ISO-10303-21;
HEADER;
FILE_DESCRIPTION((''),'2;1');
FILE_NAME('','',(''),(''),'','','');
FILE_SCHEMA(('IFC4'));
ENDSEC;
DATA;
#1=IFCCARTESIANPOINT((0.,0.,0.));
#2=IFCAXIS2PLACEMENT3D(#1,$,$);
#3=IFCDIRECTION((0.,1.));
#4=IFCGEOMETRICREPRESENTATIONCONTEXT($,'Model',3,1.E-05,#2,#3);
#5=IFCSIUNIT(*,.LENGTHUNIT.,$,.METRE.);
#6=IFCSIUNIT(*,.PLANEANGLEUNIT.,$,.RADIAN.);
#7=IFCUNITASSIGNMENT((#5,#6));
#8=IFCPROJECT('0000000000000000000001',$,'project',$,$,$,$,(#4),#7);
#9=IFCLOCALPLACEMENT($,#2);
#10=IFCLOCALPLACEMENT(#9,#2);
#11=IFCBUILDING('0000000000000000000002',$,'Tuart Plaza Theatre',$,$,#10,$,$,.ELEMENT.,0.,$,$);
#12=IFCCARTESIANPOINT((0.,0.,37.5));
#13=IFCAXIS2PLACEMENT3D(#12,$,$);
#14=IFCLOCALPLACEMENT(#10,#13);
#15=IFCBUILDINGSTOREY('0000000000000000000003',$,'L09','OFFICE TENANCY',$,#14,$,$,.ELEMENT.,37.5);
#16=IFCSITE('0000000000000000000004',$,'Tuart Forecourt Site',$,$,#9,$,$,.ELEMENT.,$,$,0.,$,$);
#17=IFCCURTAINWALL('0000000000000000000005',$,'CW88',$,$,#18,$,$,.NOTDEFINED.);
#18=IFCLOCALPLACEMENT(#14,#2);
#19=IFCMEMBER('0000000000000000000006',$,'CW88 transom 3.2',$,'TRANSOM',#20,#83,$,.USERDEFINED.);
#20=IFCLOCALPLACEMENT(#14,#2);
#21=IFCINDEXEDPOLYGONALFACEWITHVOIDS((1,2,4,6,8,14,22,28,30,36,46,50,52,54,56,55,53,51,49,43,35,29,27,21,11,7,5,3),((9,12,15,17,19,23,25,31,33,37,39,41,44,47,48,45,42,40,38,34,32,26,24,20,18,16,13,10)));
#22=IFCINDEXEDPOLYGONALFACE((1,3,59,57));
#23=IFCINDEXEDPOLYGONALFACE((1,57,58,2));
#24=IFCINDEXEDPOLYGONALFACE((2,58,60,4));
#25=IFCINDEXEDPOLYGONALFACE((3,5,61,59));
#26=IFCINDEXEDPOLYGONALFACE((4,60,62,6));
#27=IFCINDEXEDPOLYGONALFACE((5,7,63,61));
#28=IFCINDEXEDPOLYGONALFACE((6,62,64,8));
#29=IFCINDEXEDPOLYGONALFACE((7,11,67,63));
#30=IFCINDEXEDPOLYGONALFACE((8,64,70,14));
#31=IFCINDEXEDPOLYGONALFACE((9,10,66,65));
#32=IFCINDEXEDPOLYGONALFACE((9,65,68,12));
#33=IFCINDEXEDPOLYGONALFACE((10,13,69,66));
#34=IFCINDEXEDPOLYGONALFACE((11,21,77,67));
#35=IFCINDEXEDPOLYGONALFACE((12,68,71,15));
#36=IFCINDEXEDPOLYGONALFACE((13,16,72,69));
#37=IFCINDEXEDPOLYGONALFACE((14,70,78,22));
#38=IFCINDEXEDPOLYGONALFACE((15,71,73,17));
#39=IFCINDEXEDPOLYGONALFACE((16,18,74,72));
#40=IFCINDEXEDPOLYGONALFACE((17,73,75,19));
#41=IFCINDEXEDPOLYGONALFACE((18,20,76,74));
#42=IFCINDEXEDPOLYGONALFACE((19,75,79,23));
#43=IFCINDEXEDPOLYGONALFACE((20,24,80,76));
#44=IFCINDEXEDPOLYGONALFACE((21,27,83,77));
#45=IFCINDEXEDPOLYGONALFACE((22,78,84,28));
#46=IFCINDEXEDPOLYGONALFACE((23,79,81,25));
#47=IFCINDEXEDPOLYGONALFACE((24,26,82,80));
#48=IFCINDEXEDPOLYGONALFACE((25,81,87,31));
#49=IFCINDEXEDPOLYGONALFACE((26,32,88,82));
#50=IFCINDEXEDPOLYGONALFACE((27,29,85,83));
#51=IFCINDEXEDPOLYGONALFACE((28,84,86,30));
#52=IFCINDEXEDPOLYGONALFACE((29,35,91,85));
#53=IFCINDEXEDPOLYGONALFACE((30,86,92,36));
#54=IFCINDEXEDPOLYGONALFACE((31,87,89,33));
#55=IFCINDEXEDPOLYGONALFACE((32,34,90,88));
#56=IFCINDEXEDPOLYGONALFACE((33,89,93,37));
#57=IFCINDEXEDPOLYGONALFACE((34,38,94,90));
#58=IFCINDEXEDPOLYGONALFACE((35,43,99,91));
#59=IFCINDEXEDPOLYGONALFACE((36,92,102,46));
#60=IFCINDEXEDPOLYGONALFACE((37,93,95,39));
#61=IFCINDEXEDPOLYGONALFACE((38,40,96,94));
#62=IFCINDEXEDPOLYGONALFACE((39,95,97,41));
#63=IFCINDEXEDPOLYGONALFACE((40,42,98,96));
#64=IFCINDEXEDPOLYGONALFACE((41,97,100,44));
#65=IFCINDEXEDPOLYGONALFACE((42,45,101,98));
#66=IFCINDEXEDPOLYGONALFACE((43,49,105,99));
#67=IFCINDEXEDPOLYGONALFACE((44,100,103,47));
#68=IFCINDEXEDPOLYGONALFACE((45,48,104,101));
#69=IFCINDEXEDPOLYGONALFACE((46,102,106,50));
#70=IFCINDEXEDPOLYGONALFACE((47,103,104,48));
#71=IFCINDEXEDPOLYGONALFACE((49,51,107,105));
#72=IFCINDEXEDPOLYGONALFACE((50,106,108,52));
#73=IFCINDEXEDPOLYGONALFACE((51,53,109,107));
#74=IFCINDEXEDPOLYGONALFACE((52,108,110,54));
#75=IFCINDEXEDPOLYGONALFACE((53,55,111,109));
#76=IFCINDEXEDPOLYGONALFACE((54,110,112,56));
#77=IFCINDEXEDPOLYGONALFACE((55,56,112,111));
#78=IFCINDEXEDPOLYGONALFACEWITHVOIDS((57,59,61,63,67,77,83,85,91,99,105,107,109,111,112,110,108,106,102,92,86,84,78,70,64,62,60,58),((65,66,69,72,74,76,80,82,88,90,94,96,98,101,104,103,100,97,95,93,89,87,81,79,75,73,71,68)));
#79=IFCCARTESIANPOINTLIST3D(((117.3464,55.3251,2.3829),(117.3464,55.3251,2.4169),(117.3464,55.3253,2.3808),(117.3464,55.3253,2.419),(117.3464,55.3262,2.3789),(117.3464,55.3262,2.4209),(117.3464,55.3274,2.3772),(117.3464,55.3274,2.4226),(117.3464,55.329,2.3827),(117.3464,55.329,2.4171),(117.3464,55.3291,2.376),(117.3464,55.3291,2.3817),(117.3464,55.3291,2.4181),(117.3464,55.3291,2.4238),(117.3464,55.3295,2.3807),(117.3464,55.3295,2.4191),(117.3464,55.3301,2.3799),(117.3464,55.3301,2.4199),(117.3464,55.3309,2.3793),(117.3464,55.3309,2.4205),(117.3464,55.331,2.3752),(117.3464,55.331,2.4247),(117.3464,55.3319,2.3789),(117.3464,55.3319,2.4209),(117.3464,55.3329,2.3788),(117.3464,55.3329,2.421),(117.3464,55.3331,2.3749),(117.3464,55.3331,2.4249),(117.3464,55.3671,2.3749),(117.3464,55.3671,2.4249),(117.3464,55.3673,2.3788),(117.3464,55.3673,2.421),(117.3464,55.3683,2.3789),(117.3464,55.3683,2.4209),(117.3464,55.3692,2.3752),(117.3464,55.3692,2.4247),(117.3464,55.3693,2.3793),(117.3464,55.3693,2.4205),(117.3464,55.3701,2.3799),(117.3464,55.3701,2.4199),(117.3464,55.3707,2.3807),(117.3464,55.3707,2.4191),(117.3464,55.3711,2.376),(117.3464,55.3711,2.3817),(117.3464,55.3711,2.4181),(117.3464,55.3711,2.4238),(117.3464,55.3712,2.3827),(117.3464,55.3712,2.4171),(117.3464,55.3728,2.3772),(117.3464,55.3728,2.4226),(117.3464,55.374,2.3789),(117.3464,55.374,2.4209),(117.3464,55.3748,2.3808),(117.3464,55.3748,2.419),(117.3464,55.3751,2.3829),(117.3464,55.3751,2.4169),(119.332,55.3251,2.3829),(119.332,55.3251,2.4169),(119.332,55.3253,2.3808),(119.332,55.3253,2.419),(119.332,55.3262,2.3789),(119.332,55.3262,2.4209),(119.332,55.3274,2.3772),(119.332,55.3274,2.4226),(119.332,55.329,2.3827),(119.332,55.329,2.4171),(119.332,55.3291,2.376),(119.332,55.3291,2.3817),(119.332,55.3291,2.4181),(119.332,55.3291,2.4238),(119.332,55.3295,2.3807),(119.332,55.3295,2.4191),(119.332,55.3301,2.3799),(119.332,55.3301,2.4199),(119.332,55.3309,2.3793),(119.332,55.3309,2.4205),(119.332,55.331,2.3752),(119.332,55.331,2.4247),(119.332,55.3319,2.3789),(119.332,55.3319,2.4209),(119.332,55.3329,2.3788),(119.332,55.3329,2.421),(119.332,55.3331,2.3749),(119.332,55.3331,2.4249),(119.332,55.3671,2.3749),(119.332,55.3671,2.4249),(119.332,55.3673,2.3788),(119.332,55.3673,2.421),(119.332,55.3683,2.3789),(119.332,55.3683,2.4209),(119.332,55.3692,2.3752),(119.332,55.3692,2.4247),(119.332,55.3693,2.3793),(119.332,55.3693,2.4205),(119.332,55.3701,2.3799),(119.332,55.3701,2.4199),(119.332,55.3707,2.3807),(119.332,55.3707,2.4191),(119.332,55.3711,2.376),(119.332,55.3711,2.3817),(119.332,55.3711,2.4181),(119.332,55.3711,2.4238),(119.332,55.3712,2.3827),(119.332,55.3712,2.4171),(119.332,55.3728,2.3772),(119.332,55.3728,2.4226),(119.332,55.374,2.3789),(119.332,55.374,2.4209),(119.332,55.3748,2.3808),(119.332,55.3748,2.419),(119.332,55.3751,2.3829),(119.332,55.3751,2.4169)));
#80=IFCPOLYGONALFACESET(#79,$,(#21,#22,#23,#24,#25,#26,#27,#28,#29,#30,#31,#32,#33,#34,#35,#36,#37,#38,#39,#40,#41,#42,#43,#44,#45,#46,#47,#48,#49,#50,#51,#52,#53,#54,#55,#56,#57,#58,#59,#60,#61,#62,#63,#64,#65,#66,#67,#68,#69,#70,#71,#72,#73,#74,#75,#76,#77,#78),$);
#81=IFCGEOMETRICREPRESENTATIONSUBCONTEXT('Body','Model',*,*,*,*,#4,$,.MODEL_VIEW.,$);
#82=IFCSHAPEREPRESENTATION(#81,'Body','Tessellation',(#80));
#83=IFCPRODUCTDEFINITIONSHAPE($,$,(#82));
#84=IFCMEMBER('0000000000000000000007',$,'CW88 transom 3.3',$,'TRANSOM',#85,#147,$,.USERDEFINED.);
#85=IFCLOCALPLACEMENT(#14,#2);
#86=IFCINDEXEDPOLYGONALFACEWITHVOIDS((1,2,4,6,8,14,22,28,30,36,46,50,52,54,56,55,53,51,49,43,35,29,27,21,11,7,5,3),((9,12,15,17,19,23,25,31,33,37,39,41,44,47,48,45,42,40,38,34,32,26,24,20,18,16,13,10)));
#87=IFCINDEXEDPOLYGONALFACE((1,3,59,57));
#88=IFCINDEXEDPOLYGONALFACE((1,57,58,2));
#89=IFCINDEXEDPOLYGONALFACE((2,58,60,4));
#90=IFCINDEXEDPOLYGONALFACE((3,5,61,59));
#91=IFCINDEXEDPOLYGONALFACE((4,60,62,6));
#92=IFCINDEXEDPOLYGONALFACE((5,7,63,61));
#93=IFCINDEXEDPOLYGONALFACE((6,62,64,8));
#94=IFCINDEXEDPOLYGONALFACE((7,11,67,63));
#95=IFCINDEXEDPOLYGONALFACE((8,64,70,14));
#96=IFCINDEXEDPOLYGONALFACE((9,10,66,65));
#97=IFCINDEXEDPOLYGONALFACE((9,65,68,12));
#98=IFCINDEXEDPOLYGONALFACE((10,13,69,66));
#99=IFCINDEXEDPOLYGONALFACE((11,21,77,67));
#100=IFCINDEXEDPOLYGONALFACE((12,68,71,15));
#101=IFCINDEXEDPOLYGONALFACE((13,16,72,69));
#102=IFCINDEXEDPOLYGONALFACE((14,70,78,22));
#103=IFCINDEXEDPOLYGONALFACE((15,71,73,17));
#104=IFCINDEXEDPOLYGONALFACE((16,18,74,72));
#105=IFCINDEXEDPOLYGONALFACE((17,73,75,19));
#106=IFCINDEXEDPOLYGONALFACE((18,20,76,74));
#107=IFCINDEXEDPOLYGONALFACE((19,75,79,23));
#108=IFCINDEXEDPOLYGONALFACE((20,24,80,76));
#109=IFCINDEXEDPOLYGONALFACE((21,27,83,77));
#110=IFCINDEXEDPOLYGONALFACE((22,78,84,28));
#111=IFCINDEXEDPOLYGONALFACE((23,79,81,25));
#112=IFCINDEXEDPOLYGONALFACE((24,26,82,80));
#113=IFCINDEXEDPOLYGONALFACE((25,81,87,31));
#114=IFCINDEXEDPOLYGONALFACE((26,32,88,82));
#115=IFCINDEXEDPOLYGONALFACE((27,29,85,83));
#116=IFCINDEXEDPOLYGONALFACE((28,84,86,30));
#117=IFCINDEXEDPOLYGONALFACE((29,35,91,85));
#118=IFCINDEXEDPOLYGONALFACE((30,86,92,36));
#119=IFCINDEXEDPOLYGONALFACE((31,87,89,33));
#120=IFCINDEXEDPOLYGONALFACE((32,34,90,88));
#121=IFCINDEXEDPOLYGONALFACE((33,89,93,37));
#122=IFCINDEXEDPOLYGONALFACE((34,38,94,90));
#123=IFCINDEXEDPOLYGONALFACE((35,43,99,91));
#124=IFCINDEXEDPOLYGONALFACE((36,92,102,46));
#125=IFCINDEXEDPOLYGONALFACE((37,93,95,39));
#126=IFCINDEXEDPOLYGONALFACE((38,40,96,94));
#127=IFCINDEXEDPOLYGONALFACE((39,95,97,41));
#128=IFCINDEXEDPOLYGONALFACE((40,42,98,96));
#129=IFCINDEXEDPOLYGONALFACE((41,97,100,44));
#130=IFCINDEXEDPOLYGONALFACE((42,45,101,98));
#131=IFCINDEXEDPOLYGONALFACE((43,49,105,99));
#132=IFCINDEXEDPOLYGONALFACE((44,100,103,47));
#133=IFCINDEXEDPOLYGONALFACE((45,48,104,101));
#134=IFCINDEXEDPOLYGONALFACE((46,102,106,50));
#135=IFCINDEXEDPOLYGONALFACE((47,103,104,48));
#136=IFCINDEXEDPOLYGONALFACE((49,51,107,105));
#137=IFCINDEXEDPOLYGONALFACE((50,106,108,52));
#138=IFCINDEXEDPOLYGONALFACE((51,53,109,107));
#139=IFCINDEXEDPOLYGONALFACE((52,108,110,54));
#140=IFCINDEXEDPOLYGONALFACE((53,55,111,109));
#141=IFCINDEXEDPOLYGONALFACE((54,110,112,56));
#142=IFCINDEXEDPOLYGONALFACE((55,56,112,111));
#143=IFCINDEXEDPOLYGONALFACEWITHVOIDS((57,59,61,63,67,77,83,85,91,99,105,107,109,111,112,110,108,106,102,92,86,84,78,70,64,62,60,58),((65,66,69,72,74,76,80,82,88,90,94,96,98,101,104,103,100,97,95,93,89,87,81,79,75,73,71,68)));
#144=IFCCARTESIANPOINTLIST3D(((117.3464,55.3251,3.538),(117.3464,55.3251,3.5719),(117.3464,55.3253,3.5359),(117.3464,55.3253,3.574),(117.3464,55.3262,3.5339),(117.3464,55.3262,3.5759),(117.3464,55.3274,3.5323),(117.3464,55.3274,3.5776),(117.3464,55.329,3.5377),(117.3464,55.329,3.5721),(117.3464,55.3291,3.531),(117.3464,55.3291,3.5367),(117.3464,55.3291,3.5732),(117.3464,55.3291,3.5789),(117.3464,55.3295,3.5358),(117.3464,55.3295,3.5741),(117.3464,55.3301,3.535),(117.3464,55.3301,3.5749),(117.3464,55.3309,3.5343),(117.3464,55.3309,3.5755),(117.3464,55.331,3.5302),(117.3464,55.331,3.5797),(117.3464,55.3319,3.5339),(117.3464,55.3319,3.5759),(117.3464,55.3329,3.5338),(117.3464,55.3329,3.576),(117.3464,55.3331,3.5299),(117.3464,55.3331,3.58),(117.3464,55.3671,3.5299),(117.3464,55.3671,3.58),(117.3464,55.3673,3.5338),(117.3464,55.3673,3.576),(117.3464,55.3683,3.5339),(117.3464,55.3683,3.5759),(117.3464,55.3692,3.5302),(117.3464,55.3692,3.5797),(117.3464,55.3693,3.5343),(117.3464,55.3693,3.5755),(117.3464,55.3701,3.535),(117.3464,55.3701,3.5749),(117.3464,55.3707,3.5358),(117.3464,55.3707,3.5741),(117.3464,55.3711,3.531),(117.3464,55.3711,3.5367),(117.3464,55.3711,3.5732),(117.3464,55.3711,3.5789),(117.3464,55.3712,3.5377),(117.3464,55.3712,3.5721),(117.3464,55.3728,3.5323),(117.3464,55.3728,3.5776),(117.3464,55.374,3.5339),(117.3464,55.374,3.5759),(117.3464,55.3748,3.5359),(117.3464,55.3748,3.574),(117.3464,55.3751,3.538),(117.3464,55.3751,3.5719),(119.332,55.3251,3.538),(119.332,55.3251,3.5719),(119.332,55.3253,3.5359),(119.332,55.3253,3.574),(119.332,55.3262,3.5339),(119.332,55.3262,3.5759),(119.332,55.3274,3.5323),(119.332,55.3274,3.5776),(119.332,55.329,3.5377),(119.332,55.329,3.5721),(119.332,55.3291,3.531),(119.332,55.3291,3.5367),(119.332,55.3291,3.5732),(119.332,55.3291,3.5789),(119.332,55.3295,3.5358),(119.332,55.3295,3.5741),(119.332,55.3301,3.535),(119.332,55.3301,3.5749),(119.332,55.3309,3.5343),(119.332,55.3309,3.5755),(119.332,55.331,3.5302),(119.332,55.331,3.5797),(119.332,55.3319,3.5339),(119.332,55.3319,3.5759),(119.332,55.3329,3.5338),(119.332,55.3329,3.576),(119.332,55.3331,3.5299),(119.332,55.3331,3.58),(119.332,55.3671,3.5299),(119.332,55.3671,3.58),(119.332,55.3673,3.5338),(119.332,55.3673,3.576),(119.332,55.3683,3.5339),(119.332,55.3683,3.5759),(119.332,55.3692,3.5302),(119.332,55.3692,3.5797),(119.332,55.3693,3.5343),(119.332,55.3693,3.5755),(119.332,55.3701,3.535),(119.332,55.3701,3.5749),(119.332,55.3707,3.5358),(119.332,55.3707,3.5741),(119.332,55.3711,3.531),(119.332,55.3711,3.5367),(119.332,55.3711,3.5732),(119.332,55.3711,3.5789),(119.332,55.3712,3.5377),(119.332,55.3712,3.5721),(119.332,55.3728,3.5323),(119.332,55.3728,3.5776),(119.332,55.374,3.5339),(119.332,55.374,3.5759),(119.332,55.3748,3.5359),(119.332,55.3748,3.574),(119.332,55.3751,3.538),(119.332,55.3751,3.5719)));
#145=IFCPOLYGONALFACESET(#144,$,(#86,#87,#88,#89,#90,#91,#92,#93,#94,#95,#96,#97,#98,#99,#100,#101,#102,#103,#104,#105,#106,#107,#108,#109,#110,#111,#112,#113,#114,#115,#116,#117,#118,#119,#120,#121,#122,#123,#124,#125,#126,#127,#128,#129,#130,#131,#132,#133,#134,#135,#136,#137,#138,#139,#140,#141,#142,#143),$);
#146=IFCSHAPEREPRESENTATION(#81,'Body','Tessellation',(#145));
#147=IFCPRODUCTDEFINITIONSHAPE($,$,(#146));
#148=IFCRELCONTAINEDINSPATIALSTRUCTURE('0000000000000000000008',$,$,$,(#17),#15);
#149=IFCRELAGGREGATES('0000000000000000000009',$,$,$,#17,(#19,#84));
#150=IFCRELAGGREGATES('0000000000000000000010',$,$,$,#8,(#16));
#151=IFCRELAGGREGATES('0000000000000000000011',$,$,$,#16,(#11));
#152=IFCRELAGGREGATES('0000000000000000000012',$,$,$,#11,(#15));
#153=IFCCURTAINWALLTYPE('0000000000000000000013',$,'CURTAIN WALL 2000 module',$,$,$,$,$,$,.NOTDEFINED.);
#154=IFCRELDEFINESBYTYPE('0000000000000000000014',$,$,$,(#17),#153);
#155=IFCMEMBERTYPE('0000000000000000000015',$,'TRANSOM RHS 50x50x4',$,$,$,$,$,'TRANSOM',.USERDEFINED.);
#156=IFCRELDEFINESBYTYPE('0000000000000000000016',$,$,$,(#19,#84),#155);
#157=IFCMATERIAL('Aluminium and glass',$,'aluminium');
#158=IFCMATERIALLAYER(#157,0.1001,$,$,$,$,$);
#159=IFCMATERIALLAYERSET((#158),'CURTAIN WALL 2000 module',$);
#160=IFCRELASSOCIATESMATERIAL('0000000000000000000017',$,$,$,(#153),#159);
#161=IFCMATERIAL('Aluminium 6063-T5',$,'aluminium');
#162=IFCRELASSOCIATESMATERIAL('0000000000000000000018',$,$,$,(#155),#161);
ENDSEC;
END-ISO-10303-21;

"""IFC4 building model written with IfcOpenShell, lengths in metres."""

from ifc_helpers import new_model, si_unit, direction, frame, origin, origin_2d, place, context, subcontext, project, spatial, hollow_rectangle, extrude, material, layer, layer_set, material_profile, profile_set, type_object, element, aggregate, save


model = new_model("IFC4")

# Units and contexts
model_context = context("Model", 3, precision=1e-05, world=origin(), true_north=direction((0.0, 1.0)))
body_context = subcontext(model_context, "Body", "Model", "MODEL_VIEW")
ifc_project = project(units=[si_unit("LENGTHUNIT", "METRE"), si_unit("PLANEANGLEUNIT", "RADIAN")], contexts=[model_context])

# Site, building, storey
site_placement = place(None, origin())
site = spatial("IfcSite", under=ifc_project, at=site_placement, Name="Tuart Forecourt Site", CompositionType="ELEMENT", RefElevation=0.0)
building_placement = place(site_placement, origin())
building = spatial("IfcBuilding", under=site, at=building_placement, Name="Tuart Plaza Theatre", CompositionType="ELEMENT", ElevationOfRefHeight=0.0)
storey_placement = place(building_placement, frame((0.0, 0.0, 37.5)))
storey = spatial("IfcBuildingStorey", under=building, at=storey_placement, Name="L09", Description="OFFICE TENANCY", CompositionType="ELEMENT", Elevation=37.5)

# Curtain wall, members
ifc_material_1 = material(Name="Aluminium and glass", Category="aluminium")
ifc_layer_1 = layer(ifc_material_1, 0.1001)
ifc_layer_set_1 = layer_set([ifc_layer_1], Name="CURTAIN WALL 2000 module")
curtain_wall_type = type_object("IfcCurtainWallType", Name="CURTAIN WALL 2000 module", PredefinedType="NOTDEFINED", material=ifc_layer_set_1)
curtain_wall_placement = place(storey_placement, origin())
curtain_wall = element("IfcCurtainWall", 1, at=curtain_wall_placement, inside=storey, type_object=curtain_wall_type, Name="CW88", PredefinedType="NOTDEFINED")
ifc_material_2 = material(Name="Aluminium 6063-T5", Category="aluminium")
ifc_material_profile_1 = material_profile(ifc_material_2, hollow_rectangle(XDim=0.05, YDim=0.05, WallThickness=0.0039, InnerFilletRadius=0.0039, OuterFilletRadius=0.0081, at=origin_2d()), Name="RHS 50x50x4")
ifc_profile_set_1 = profile_set([ifc_material_profile_1], Name="Aluminium 6063-T5")
member_type_1 = type_object("IfcMemberType", Name="TRANSOM RHS 50x50x4", ElementType="TRANSOM", PredefinedType="USERDEFINED", material=ifc_profile_set_1)
member_1_placement = place(storey_placement, frame((117.3464, 55.3501, 2.3999), z_axis=(1.0, 0.0, 0.0), x_axis=(0.0, 1.0, 0.0)))
member_1 = element("IfcMember", 2, at=member_1_placement, type_object=member_type_1, Name="CW88 transom 3.2", ObjectType="TRANSOM", PredefinedType="USERDEFINED", context=body_context, shape_type="SweptSolid", body=[
    extrude(hollow_rectangle(XDim=0.05, YDim=0.05, WallThickness=0.0039, InnerFilletRadius=0.0039, OuterFilletRadius=0.0081, at=origin_2d()), origin(), (0.0, 0.0, 1.0), 1.9856),
])
member_2_placement = place(storey_placement, frame((117.3464, 55.3501, 3.5549), z_axis=(1.0, 0.0, 0.0), x_axis=(0.0, 1.0, 0.0)))
member_2 = element("IfcMember", 3, at=member_2_placement, type_object=member_type_1, Name="CW88 transom 3.3", ObjectType="TRANSOM", PredefinedType="USERDEFINED", context=body_context, shape_type="SweptSolid", body=[
    extrude(hollow_rectangle(XDim=0.05, YDim=0.05, WallThickness=0.0039, InnerFilletRadius=0.0039, OuterFilletRadius=0.0081, at=origin_2d()), origin(), (0.0, 0.0, 1.0), 1.9856),
])
aggregate(curtain_wall, [member_1, member_2])

save(model, "model.ifc")
